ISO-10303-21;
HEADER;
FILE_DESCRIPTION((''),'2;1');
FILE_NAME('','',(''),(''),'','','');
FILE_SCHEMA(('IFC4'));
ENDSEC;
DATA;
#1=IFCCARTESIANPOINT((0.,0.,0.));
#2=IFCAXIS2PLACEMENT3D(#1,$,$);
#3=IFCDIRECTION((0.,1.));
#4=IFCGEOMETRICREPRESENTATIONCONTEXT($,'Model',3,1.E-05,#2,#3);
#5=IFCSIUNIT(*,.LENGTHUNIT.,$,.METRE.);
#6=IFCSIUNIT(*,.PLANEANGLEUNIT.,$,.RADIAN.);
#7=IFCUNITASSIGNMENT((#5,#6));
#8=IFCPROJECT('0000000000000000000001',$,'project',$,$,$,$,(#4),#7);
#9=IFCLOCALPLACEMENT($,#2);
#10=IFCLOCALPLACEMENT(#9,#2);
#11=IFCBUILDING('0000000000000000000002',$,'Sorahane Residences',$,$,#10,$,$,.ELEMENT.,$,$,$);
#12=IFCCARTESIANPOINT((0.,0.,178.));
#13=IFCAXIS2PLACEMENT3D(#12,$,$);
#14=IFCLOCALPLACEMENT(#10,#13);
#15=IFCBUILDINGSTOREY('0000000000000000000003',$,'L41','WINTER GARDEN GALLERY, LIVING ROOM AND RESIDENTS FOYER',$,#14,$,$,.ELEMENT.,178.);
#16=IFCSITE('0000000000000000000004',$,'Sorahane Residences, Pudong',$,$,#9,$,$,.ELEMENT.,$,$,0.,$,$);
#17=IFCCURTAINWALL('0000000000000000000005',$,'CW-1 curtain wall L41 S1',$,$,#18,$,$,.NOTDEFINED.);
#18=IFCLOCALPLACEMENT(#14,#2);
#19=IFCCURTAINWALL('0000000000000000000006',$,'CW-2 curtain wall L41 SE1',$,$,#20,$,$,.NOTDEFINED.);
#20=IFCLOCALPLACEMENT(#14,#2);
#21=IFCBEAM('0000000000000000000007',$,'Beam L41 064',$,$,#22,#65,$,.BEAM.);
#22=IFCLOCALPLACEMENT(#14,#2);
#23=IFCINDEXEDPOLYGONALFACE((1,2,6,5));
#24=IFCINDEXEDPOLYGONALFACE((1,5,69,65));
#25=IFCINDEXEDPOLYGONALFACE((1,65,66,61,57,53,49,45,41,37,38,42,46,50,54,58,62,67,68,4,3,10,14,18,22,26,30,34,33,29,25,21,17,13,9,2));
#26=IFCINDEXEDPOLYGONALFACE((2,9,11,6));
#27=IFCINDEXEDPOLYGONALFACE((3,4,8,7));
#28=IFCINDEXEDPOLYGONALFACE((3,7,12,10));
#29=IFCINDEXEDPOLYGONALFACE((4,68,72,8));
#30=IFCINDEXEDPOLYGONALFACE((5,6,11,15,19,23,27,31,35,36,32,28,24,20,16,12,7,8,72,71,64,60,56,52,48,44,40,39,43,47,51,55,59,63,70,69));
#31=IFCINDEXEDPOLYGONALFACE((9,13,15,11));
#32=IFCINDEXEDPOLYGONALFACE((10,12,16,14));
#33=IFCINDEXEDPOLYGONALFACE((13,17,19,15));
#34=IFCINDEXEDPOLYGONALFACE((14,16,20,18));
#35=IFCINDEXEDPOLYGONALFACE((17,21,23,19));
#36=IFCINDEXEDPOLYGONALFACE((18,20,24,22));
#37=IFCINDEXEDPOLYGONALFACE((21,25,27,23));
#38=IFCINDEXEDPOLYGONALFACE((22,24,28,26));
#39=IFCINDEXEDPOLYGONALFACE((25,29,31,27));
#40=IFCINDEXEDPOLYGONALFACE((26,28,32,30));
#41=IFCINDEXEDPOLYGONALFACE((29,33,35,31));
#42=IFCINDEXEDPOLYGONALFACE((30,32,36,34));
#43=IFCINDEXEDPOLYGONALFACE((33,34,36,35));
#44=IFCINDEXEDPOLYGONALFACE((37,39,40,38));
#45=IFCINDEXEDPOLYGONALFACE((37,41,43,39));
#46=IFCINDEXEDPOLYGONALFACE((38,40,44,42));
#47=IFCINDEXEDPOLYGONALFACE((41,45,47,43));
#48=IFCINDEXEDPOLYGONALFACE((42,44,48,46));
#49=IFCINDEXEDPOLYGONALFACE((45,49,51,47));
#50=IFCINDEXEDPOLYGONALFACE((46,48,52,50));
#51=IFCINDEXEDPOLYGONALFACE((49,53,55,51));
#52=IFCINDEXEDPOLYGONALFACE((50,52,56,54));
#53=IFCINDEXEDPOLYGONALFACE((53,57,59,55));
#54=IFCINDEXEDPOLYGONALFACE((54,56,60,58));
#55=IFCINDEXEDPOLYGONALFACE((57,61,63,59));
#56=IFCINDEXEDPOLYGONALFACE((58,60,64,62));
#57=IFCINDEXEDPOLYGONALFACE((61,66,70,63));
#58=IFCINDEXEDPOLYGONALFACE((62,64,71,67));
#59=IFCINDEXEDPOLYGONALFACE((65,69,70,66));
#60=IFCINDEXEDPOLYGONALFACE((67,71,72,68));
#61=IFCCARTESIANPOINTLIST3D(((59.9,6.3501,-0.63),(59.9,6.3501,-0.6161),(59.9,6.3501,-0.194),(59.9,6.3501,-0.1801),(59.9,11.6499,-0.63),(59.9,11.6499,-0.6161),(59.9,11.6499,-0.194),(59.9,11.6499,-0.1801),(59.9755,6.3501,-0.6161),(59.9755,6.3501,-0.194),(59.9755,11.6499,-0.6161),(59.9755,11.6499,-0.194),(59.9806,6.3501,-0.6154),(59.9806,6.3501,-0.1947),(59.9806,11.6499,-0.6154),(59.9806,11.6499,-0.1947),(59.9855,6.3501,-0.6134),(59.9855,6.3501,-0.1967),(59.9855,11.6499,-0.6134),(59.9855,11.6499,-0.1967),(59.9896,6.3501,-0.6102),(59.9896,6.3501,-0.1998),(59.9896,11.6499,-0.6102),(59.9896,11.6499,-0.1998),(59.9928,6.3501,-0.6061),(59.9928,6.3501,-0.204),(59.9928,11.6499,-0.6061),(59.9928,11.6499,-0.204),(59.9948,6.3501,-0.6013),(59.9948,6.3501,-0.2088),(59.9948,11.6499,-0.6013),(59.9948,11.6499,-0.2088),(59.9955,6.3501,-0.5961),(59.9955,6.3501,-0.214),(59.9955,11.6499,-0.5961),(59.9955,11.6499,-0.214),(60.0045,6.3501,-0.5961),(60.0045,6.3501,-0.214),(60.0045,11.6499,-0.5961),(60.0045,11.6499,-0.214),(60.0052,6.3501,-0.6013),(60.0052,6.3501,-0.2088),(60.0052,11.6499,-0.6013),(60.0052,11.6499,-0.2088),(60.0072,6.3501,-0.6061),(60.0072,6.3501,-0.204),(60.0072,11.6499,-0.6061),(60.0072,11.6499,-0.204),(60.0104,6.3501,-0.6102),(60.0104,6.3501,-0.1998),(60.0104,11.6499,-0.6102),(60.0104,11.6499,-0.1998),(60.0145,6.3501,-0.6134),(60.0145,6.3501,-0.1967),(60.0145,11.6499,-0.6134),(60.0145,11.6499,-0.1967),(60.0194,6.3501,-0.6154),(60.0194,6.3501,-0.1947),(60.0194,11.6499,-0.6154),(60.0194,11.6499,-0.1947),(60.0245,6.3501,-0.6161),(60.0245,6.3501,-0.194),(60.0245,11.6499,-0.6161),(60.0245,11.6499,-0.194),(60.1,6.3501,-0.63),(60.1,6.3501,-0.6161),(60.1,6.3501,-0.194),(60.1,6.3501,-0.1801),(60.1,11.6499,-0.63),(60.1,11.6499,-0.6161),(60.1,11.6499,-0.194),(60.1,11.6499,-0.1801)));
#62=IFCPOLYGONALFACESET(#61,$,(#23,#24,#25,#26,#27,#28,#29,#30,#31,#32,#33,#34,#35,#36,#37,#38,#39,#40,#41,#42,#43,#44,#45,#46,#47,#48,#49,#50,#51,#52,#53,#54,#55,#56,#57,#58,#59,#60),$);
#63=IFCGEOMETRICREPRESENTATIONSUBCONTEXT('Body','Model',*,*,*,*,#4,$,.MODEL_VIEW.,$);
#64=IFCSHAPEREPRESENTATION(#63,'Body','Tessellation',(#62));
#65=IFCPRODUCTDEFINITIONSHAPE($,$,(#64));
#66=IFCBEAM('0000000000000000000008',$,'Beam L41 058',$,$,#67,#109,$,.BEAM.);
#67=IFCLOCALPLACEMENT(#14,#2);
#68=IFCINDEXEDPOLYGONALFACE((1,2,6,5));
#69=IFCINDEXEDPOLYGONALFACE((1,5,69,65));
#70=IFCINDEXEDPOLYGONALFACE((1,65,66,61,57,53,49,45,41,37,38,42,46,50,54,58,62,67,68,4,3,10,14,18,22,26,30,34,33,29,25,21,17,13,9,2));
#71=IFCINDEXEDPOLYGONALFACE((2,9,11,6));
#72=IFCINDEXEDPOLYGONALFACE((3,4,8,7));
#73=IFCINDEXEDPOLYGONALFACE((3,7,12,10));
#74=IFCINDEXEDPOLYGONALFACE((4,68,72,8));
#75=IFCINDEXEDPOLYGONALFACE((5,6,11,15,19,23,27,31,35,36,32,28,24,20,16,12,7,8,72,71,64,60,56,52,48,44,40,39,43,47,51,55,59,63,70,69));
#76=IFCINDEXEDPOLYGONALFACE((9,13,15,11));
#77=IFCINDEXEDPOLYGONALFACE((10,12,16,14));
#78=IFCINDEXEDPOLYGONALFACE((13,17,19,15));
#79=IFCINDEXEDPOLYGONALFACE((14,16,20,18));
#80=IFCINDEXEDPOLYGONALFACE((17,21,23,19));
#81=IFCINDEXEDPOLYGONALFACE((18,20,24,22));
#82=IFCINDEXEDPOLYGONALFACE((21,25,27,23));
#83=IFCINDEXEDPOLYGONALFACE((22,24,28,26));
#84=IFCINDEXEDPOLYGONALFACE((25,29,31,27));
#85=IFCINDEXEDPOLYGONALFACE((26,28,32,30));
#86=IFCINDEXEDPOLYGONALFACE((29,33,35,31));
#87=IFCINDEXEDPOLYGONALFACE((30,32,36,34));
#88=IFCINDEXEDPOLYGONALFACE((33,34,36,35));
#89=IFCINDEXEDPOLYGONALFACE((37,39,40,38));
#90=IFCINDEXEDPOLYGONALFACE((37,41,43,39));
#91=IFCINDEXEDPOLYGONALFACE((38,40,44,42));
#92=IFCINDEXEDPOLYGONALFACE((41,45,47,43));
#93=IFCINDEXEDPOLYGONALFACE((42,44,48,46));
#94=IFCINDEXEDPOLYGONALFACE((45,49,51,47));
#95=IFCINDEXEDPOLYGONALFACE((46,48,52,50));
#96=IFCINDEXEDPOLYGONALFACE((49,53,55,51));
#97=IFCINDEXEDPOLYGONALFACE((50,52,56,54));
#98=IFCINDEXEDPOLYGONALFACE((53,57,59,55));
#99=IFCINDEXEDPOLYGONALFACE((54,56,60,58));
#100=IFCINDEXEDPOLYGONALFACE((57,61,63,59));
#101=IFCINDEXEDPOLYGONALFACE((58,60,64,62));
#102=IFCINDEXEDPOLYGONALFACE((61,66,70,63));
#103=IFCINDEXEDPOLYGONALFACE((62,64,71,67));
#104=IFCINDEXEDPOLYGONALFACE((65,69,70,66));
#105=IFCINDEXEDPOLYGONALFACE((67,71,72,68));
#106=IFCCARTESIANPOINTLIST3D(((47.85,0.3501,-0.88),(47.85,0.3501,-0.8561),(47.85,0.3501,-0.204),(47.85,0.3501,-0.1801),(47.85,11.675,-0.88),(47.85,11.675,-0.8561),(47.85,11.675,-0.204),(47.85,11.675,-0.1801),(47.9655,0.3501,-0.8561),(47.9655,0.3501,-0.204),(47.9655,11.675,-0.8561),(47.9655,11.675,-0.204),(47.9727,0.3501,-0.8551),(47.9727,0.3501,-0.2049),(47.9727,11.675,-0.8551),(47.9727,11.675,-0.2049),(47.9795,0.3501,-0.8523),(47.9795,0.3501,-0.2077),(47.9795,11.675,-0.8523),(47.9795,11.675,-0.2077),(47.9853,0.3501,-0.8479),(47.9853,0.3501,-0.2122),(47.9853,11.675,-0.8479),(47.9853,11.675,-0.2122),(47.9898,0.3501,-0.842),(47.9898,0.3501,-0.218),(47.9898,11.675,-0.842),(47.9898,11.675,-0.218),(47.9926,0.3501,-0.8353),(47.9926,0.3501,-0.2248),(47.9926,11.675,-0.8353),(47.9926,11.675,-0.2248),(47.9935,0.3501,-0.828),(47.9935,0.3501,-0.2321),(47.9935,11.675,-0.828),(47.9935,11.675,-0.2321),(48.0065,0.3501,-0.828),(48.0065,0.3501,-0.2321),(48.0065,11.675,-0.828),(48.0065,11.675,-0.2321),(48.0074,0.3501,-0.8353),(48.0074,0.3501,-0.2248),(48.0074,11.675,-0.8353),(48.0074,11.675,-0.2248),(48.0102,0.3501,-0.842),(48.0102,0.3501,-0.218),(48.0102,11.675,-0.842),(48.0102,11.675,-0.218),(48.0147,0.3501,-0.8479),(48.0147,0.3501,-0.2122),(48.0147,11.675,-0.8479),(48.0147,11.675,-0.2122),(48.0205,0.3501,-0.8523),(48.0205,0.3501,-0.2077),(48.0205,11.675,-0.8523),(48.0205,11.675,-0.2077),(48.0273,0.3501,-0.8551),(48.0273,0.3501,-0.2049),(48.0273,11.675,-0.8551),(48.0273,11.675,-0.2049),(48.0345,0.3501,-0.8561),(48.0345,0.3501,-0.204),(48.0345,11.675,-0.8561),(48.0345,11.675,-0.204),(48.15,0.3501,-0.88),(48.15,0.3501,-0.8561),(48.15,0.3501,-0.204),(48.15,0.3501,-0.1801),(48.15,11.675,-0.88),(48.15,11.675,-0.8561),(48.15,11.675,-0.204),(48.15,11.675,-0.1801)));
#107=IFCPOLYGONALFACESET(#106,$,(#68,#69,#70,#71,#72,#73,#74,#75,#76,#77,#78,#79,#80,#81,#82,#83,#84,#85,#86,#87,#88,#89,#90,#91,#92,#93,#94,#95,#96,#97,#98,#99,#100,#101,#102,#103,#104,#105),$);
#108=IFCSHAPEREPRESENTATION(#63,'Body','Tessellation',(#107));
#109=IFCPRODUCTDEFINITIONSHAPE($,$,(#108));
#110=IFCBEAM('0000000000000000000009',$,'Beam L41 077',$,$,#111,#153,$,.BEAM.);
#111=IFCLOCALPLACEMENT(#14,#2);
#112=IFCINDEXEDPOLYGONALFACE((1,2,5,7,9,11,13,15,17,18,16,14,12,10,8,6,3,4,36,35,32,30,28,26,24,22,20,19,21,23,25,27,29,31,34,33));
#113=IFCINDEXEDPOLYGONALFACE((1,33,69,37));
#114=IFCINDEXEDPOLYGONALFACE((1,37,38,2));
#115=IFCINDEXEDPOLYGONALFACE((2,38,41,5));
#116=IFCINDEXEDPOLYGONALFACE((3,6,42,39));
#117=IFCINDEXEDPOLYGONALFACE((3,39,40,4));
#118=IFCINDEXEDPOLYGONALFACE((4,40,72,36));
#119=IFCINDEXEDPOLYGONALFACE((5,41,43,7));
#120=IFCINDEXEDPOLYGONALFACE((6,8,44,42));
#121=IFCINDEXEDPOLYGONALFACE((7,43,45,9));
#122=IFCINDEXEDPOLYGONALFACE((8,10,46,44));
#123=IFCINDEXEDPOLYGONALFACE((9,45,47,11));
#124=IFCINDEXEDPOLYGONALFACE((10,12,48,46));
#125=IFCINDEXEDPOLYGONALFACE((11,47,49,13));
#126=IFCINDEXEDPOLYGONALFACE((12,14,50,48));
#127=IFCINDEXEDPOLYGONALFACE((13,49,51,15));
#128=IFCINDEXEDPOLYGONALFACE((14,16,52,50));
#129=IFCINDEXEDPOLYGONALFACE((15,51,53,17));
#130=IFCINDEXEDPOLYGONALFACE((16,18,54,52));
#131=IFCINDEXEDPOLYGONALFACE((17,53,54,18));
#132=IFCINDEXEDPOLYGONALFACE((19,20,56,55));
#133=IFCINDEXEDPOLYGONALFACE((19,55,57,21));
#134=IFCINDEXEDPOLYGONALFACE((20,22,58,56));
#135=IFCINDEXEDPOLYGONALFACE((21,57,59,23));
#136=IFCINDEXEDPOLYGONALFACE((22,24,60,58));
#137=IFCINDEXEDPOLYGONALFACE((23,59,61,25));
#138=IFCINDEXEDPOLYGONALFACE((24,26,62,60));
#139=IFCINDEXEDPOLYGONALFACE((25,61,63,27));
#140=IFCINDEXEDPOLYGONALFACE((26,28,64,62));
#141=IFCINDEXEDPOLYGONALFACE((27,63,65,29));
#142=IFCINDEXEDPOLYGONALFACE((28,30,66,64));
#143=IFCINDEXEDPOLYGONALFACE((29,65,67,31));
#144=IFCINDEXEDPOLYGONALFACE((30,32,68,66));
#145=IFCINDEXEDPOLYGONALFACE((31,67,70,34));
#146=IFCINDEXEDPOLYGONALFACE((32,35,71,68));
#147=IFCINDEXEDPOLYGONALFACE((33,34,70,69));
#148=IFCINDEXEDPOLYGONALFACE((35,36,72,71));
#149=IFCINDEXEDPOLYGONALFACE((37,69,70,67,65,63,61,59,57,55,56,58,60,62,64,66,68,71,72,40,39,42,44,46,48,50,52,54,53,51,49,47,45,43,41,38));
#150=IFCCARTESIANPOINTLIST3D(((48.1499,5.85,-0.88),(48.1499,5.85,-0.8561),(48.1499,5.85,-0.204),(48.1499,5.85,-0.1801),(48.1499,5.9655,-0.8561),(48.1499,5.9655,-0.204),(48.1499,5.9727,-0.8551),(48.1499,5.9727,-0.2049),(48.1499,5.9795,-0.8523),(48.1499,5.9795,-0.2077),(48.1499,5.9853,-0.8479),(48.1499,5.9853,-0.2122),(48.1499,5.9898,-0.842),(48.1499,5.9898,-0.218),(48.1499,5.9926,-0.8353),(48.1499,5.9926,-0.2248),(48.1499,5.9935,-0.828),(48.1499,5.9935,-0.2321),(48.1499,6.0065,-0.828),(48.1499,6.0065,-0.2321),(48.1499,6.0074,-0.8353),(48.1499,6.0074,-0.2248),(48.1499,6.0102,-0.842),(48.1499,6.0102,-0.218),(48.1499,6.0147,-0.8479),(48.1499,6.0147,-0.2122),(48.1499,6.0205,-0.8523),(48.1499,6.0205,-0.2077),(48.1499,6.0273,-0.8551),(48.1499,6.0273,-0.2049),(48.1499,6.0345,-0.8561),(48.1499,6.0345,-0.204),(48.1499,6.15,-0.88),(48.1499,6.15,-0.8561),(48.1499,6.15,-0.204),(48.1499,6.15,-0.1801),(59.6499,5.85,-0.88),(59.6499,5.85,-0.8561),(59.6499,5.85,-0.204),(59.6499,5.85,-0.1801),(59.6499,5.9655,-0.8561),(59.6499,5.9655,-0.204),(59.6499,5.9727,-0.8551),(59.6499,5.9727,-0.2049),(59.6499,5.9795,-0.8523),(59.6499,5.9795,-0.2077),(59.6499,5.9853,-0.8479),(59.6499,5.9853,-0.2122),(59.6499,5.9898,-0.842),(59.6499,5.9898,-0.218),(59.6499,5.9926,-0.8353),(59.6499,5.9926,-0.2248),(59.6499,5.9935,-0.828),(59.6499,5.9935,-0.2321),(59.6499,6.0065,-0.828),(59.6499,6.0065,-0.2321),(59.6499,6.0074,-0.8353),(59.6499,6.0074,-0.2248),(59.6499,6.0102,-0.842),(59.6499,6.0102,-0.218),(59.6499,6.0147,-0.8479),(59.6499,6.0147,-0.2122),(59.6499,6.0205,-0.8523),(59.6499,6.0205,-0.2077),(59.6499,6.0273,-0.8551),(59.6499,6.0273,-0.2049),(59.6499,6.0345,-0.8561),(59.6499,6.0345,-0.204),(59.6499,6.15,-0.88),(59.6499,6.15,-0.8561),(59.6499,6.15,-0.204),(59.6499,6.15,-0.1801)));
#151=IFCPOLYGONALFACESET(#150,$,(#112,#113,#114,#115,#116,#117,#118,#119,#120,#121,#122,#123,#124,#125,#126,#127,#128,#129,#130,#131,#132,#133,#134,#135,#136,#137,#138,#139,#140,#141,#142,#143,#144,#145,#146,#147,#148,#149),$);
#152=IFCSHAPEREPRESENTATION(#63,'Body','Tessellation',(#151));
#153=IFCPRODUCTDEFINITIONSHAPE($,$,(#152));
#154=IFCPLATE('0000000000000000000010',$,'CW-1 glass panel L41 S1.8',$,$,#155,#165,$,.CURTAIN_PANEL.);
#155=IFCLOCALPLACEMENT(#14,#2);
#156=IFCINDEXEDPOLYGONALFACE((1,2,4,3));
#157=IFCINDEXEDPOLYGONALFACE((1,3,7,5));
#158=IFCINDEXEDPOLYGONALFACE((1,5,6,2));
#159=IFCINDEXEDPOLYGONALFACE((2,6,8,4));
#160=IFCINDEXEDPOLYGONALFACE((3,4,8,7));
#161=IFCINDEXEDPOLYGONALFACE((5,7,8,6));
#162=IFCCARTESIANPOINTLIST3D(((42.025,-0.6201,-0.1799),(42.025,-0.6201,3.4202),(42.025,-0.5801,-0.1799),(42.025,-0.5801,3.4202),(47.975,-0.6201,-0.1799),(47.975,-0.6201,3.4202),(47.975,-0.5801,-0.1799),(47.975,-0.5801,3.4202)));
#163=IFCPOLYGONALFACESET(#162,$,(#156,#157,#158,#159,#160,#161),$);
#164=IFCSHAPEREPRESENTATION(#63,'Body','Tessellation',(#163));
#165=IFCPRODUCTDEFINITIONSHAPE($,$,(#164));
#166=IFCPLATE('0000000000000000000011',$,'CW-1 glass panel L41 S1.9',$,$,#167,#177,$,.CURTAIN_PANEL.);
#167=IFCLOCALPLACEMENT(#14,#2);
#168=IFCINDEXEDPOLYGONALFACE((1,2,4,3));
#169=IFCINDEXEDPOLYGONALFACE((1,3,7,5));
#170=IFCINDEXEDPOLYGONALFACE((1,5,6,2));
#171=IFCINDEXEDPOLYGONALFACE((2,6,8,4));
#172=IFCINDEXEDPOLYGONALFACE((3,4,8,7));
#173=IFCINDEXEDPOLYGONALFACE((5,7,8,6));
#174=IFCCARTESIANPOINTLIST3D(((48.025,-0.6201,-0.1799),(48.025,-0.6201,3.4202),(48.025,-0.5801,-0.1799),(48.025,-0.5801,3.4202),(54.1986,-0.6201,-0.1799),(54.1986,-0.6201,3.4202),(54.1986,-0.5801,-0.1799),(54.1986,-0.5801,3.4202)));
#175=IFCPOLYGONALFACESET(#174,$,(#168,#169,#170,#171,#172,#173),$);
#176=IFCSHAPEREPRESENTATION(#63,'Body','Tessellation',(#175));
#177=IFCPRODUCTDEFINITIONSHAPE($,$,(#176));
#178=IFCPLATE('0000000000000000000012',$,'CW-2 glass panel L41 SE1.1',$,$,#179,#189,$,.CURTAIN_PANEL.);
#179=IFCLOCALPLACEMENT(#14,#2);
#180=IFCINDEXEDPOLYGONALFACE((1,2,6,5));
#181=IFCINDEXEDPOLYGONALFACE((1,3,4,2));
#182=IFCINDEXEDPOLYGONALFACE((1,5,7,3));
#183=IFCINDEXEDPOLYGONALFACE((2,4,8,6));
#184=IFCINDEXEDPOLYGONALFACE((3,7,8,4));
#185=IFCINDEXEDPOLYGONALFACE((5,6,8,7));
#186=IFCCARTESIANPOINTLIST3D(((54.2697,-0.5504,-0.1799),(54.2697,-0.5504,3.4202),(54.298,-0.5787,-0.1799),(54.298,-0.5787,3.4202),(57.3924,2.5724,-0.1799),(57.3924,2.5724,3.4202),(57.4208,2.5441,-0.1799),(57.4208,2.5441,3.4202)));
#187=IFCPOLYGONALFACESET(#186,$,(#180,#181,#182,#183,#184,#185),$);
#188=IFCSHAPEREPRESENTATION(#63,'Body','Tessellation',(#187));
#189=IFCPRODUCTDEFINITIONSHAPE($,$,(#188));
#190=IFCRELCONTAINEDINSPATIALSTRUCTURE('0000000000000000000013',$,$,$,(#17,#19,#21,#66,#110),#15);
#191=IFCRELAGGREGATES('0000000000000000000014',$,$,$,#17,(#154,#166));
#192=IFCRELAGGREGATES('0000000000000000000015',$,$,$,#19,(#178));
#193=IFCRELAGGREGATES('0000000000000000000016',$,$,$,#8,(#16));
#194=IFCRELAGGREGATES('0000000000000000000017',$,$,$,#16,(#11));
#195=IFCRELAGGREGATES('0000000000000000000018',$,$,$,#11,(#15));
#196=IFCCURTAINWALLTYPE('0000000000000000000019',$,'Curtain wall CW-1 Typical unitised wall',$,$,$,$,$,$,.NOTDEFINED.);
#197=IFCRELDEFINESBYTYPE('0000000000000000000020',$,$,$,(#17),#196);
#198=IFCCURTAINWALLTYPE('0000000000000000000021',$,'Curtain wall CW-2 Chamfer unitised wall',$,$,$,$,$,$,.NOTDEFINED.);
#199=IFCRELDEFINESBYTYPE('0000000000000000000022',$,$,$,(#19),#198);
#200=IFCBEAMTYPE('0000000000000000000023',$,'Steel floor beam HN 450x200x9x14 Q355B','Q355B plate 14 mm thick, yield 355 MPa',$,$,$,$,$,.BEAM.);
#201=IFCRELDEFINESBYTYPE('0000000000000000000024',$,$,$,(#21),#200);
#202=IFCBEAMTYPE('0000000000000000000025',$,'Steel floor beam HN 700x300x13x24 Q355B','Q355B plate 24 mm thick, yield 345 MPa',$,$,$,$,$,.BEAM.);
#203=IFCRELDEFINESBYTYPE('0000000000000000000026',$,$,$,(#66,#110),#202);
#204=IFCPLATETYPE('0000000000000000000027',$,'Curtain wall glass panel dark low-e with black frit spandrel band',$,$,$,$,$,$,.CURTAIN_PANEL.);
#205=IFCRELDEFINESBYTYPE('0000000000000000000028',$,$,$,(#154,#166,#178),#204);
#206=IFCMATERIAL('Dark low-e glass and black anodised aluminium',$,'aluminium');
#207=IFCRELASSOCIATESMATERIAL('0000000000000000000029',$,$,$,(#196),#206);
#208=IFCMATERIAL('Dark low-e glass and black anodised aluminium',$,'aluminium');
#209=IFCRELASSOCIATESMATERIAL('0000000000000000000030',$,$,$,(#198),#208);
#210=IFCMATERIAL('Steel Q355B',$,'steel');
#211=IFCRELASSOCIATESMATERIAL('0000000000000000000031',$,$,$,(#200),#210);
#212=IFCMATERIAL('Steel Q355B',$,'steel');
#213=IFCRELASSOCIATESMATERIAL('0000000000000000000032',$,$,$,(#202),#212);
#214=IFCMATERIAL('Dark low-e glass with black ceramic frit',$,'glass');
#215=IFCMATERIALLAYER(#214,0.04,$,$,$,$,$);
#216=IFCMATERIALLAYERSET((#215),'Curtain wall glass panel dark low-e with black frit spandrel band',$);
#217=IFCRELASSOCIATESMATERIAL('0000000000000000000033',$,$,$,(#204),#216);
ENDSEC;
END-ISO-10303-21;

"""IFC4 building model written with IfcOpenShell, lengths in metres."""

from ifc_helpers import new_model, si_unit, direction, frame, origin, origin_2d, place, context, subcontext, project, spatial, rectangle, i_section, extrude, material, layer, layer_set, material_profile, profile_set, type_object, element, aggregate, save


model = new_model("IFC4")

# Units and contexts
model_context = context("Model", 3, precision=1e-05, world=origin(), true_north=direction((0.0, 1.0)))
body_context = subcontext(model_context, "Body", "Model", "MODEL_VIEW")
ifc_project = project(units=[si_unit("LENGTHUNIT", "METRE"), si_unit("PLANEANGLEUNIT", "RADIAN")], contexts=[model_context])

# Site, building, storey
site_placement = place(None, origin())
site = spatial("IfcSite", under=ifc_project, at=site_placement, Name="Sorahane Residences, Pudong", CompositionType="ELEMENT", RefElevation=0.0)
building_placement = place(site_placement, origin())
building = spatial("IfcBuilding", under=site, at=building_placement, Name="Sorahane Residences", CompositionType="ELEMENT")
storey_placement = place(building_placement, frame((0.0, 0.0, 178.0)))
storey = spatial("IfcBuildingStorey", under=building, at=storey_placement, Name="L41", Description="WINTER GARDEN GALLERY, LIVING ROOM AND RESIDENTS FOYER", CompositionType="ELEMENT", Elevation=178.0)

# Curtain walls
ifc_material_1 = material(Name="Dark low-e glass and black anodised aluminium", Category="aluminium")
curtain_wall_type_1 = type_object("IfcCurtainWallType", Name="Curtain wall CW-1 Typical unitised wall", PredefinedType="NOTDEFINED", material=ifc_material_1)
curtain_wall_1_placement = place(storey_placement, origin())
curtain_wall_1 = element("IfcCurtainWall", 1, at=curtain_wall_1_placement, inside=storey, type_object=curtain_wall_type_1, Name="CW-1 curtain wall L41 S1", PredefinedType="NOTDEFINED")
ifc_material_2 = material(Name="Dark low-e glass and black anodised aluminium", Category="aluminium")
curtain_wall_type_2 = type_object("IfcCurtainWallType", Name="Curtain wall CW-2 Chamfer unitised wall", PredefinedType="NOTDEFINED", material=ifc_material_2)
curtain_wall_2_placement = place(storey_placement, origin())
curtain_wall_2 = element("IfcCurtainWall", 2, at=curtain_wall_2_placement, inside=storey, type_object=curtain_wall_type_2, Name="CW-2 curtain wall L41 SE1", PredefinedType="NOTDEFINED")

# Beams
ifc_material_3 = material(Name="Steel Q355B", Category="steel")
ifc_material_profile_1 = material_profile(ifc_material_3, i_section(OverallWidth=0.2, OverallDepth=0.45, WebThickness=0.009, FlangeThickness=0.0139, FilletRadius=0.02, at=origin_2d()), Name="HN 450x200x9x14")
ifc_profile_set_1 = profile_set([ifc_material_profile_1], Name="Steel Q355B")
beam_type_1 = type_object("IfcBeamType", Name="Steel floor beam HN 450x200x9x14 Q355B", Description="Q355B plate 14 mm thick, yield 355 MPa", PredefinedType="BEAM", material=ifc_profile_set_1)
for number, where, z_axis, x_axis, name in (
    (3, (60.0, 6.3501, -0.405), (0.0, 1.0, 0.0), (-1.0, 0.0, 0.0), "Beam L41 064"),
):
    element("IfcBeam", number, at=place(storey_placement, frame(where, z_axis=z_axis, x_axis=x_axis)), inside=storey, type_object=beam_type_1, Name=name, PredefinedType="BEAM", context=body_context, shape_type="SweptSolid", body=[
        extrude(i_section(OverallWidth=0.2, OverallDepth=0.45, WebThickness=0.009, FlangeThickness=0.0139, FilletRadius=0.02, at=origin_2d()), origin(), (0.0, 0.0, 1.0), 5.2998),
    ])
ifc_material_4 = material(Name="Steel Q355B", Category="steel")
ifc_material_profile_2 = material_profile(ifc_material_4, i_section(OverallWidth=0.3, OverallDepth=0.7, WebThickness=0.0129, FlangeThickness=0.0239, FilletRadius=0.0281, at=origin_2d()), Name="HN 700x300x13x24")
ifc_profile_set_2 = profile_set([ifc_material_profile_2], Name="Steel Q355B")
beam_type_2 = type_object("IfcBeamType", Name="Steel floor beam HN 700x300x13x24 Q355B", Description="Q355B plate 24 mm thick, yield 345 MPa", PredefinedType="BEAM", material=ifc_profile_set_2)
beam_1_placement = place(storey_placement, frame((48.0, 0.3501, -0.53), z_axis=(0.0, 1.0, 0.0), x_axis=(-1.0, 0.0, 0.0)))
element("IfcBeam", 4, at=beam_1_placement, inside=storey, type_object=beam_type_2, Name="Beam L41 058", PredefinedType="BEAM", context=body_context, shape_type="SweptSolid", body=[
    extrude(i_section(OverallWidth=0.3, OverallDepth=0.7, WebThickness=0.0129, FlangeThickness=0.0239, FilletRadius=0.0281, at=origin_2d()), origin(), (0.0, 0.0, 1.0), 11.325),
])
beam_2_placement = place(storey_placement, frame((48.1499, 6.0, -0.53), z_axis=(1.0, 0.0, 0.0), x_axis=(0.0, 1.0, 0.0)))
element("IfcBeam", 5, at=beam_2_placement, inside=storey, type_object=beam_type_2, Name="Beam L41 077", PredefinedType="BEAM", context=body_context, shape_type="SweptSolid", body=[
    extrude(i_section(OverallWidth=0.3, OverallDepth=0.7, WebThickness=0.0129, FlangeThickness=0.0239, FilletRadius=0.0281, at=origin_2d()), origin(), (0.0, 0.0, 1.0), 11.5),
])

# Plates
ifc_material_5 = material(Name="Dark low-e glass with black ceramic frit", Category="glass")
ifc_layer_1 = layer(ifc_material_5, 0.04)
ifc_layer_set_1 = layer_set([ifc_layer_1], Name="Curtain wall glass panel dark low-e with black frit spandrel band")
plate_type = type_object("IfcPlateType", Name="Curtain wall glass panel dark low-e with black frit spandrel band", PredefinedType="CURTAIN_PANEL", material=ifc_layer_set_1)
plate_1_placement = place(storey_placement, frame((45.0, -0.6001, -0.1799), z_axis=(0.0, 0.0, 1.0), x_axis=(1.0, 0.0, 0.0)))
plate_1 = element("IfcPlate", 6, at=plate_1_placement, type_object=plate_type, Name="CW-1 glass panel L41 S1.8", PredefinedType="CURTAIN_PANEL", context=body_context, shape_type="SweptSolid", body=[
    extrude(rectangle(XDim=5.95, YDim=0.04, at=origin_2d()), origin(), (0.0, 0.0, 1.0), 3.6001),
])
plate_2_placement = place(storey_placement, frame((51.1118, -0.6001, -0.1799), z_axis=(0.0, 0.0, 1.0), x_axis=(1.0, 0.0, 0.0)))
plate_2 = element("IfcPlate", 7, at=plate_2_placement, type_object=plate_type, Name="CW-1 glass panel L41 S1.9", PredefinedType="CURTAIN_PANEL", context=body_context, shape_type="SweptSolid", body=[
    extrude(rectangle(XDim=6.1736, YDim=0.04, at=origin_2d()), origin(), (0.0, 0.0, 1.0), 3.6001),
])
aggregate(curtain_wall_1, [plate_1, plate_2])
plate_3_placement = place(storey_placement, frame((55.8452, 0.9968, -0.1799), z_axis=(0.0, 0.0, 1.0), x_axis=(0.707107, 0.707107, 0.0)))
plate_3 = element("IfcPlate", 8, at=plate_3_placement, type_object=plate_type, Name="CW-2 glass panel L41 SE1.1", PredefinedType="CURTAIN_PANEL", context=body_context, shape_type="SweptSolid", body=[
    extrude(rectangle(XDim=4.4163, YDim=0.04, at=origin_2d()), origin(), (0.0, 0.0, 1.0), 3.6001),
])
aggregate(curtain_wall_2, [plate_3])

save(model, "model.ifc")
